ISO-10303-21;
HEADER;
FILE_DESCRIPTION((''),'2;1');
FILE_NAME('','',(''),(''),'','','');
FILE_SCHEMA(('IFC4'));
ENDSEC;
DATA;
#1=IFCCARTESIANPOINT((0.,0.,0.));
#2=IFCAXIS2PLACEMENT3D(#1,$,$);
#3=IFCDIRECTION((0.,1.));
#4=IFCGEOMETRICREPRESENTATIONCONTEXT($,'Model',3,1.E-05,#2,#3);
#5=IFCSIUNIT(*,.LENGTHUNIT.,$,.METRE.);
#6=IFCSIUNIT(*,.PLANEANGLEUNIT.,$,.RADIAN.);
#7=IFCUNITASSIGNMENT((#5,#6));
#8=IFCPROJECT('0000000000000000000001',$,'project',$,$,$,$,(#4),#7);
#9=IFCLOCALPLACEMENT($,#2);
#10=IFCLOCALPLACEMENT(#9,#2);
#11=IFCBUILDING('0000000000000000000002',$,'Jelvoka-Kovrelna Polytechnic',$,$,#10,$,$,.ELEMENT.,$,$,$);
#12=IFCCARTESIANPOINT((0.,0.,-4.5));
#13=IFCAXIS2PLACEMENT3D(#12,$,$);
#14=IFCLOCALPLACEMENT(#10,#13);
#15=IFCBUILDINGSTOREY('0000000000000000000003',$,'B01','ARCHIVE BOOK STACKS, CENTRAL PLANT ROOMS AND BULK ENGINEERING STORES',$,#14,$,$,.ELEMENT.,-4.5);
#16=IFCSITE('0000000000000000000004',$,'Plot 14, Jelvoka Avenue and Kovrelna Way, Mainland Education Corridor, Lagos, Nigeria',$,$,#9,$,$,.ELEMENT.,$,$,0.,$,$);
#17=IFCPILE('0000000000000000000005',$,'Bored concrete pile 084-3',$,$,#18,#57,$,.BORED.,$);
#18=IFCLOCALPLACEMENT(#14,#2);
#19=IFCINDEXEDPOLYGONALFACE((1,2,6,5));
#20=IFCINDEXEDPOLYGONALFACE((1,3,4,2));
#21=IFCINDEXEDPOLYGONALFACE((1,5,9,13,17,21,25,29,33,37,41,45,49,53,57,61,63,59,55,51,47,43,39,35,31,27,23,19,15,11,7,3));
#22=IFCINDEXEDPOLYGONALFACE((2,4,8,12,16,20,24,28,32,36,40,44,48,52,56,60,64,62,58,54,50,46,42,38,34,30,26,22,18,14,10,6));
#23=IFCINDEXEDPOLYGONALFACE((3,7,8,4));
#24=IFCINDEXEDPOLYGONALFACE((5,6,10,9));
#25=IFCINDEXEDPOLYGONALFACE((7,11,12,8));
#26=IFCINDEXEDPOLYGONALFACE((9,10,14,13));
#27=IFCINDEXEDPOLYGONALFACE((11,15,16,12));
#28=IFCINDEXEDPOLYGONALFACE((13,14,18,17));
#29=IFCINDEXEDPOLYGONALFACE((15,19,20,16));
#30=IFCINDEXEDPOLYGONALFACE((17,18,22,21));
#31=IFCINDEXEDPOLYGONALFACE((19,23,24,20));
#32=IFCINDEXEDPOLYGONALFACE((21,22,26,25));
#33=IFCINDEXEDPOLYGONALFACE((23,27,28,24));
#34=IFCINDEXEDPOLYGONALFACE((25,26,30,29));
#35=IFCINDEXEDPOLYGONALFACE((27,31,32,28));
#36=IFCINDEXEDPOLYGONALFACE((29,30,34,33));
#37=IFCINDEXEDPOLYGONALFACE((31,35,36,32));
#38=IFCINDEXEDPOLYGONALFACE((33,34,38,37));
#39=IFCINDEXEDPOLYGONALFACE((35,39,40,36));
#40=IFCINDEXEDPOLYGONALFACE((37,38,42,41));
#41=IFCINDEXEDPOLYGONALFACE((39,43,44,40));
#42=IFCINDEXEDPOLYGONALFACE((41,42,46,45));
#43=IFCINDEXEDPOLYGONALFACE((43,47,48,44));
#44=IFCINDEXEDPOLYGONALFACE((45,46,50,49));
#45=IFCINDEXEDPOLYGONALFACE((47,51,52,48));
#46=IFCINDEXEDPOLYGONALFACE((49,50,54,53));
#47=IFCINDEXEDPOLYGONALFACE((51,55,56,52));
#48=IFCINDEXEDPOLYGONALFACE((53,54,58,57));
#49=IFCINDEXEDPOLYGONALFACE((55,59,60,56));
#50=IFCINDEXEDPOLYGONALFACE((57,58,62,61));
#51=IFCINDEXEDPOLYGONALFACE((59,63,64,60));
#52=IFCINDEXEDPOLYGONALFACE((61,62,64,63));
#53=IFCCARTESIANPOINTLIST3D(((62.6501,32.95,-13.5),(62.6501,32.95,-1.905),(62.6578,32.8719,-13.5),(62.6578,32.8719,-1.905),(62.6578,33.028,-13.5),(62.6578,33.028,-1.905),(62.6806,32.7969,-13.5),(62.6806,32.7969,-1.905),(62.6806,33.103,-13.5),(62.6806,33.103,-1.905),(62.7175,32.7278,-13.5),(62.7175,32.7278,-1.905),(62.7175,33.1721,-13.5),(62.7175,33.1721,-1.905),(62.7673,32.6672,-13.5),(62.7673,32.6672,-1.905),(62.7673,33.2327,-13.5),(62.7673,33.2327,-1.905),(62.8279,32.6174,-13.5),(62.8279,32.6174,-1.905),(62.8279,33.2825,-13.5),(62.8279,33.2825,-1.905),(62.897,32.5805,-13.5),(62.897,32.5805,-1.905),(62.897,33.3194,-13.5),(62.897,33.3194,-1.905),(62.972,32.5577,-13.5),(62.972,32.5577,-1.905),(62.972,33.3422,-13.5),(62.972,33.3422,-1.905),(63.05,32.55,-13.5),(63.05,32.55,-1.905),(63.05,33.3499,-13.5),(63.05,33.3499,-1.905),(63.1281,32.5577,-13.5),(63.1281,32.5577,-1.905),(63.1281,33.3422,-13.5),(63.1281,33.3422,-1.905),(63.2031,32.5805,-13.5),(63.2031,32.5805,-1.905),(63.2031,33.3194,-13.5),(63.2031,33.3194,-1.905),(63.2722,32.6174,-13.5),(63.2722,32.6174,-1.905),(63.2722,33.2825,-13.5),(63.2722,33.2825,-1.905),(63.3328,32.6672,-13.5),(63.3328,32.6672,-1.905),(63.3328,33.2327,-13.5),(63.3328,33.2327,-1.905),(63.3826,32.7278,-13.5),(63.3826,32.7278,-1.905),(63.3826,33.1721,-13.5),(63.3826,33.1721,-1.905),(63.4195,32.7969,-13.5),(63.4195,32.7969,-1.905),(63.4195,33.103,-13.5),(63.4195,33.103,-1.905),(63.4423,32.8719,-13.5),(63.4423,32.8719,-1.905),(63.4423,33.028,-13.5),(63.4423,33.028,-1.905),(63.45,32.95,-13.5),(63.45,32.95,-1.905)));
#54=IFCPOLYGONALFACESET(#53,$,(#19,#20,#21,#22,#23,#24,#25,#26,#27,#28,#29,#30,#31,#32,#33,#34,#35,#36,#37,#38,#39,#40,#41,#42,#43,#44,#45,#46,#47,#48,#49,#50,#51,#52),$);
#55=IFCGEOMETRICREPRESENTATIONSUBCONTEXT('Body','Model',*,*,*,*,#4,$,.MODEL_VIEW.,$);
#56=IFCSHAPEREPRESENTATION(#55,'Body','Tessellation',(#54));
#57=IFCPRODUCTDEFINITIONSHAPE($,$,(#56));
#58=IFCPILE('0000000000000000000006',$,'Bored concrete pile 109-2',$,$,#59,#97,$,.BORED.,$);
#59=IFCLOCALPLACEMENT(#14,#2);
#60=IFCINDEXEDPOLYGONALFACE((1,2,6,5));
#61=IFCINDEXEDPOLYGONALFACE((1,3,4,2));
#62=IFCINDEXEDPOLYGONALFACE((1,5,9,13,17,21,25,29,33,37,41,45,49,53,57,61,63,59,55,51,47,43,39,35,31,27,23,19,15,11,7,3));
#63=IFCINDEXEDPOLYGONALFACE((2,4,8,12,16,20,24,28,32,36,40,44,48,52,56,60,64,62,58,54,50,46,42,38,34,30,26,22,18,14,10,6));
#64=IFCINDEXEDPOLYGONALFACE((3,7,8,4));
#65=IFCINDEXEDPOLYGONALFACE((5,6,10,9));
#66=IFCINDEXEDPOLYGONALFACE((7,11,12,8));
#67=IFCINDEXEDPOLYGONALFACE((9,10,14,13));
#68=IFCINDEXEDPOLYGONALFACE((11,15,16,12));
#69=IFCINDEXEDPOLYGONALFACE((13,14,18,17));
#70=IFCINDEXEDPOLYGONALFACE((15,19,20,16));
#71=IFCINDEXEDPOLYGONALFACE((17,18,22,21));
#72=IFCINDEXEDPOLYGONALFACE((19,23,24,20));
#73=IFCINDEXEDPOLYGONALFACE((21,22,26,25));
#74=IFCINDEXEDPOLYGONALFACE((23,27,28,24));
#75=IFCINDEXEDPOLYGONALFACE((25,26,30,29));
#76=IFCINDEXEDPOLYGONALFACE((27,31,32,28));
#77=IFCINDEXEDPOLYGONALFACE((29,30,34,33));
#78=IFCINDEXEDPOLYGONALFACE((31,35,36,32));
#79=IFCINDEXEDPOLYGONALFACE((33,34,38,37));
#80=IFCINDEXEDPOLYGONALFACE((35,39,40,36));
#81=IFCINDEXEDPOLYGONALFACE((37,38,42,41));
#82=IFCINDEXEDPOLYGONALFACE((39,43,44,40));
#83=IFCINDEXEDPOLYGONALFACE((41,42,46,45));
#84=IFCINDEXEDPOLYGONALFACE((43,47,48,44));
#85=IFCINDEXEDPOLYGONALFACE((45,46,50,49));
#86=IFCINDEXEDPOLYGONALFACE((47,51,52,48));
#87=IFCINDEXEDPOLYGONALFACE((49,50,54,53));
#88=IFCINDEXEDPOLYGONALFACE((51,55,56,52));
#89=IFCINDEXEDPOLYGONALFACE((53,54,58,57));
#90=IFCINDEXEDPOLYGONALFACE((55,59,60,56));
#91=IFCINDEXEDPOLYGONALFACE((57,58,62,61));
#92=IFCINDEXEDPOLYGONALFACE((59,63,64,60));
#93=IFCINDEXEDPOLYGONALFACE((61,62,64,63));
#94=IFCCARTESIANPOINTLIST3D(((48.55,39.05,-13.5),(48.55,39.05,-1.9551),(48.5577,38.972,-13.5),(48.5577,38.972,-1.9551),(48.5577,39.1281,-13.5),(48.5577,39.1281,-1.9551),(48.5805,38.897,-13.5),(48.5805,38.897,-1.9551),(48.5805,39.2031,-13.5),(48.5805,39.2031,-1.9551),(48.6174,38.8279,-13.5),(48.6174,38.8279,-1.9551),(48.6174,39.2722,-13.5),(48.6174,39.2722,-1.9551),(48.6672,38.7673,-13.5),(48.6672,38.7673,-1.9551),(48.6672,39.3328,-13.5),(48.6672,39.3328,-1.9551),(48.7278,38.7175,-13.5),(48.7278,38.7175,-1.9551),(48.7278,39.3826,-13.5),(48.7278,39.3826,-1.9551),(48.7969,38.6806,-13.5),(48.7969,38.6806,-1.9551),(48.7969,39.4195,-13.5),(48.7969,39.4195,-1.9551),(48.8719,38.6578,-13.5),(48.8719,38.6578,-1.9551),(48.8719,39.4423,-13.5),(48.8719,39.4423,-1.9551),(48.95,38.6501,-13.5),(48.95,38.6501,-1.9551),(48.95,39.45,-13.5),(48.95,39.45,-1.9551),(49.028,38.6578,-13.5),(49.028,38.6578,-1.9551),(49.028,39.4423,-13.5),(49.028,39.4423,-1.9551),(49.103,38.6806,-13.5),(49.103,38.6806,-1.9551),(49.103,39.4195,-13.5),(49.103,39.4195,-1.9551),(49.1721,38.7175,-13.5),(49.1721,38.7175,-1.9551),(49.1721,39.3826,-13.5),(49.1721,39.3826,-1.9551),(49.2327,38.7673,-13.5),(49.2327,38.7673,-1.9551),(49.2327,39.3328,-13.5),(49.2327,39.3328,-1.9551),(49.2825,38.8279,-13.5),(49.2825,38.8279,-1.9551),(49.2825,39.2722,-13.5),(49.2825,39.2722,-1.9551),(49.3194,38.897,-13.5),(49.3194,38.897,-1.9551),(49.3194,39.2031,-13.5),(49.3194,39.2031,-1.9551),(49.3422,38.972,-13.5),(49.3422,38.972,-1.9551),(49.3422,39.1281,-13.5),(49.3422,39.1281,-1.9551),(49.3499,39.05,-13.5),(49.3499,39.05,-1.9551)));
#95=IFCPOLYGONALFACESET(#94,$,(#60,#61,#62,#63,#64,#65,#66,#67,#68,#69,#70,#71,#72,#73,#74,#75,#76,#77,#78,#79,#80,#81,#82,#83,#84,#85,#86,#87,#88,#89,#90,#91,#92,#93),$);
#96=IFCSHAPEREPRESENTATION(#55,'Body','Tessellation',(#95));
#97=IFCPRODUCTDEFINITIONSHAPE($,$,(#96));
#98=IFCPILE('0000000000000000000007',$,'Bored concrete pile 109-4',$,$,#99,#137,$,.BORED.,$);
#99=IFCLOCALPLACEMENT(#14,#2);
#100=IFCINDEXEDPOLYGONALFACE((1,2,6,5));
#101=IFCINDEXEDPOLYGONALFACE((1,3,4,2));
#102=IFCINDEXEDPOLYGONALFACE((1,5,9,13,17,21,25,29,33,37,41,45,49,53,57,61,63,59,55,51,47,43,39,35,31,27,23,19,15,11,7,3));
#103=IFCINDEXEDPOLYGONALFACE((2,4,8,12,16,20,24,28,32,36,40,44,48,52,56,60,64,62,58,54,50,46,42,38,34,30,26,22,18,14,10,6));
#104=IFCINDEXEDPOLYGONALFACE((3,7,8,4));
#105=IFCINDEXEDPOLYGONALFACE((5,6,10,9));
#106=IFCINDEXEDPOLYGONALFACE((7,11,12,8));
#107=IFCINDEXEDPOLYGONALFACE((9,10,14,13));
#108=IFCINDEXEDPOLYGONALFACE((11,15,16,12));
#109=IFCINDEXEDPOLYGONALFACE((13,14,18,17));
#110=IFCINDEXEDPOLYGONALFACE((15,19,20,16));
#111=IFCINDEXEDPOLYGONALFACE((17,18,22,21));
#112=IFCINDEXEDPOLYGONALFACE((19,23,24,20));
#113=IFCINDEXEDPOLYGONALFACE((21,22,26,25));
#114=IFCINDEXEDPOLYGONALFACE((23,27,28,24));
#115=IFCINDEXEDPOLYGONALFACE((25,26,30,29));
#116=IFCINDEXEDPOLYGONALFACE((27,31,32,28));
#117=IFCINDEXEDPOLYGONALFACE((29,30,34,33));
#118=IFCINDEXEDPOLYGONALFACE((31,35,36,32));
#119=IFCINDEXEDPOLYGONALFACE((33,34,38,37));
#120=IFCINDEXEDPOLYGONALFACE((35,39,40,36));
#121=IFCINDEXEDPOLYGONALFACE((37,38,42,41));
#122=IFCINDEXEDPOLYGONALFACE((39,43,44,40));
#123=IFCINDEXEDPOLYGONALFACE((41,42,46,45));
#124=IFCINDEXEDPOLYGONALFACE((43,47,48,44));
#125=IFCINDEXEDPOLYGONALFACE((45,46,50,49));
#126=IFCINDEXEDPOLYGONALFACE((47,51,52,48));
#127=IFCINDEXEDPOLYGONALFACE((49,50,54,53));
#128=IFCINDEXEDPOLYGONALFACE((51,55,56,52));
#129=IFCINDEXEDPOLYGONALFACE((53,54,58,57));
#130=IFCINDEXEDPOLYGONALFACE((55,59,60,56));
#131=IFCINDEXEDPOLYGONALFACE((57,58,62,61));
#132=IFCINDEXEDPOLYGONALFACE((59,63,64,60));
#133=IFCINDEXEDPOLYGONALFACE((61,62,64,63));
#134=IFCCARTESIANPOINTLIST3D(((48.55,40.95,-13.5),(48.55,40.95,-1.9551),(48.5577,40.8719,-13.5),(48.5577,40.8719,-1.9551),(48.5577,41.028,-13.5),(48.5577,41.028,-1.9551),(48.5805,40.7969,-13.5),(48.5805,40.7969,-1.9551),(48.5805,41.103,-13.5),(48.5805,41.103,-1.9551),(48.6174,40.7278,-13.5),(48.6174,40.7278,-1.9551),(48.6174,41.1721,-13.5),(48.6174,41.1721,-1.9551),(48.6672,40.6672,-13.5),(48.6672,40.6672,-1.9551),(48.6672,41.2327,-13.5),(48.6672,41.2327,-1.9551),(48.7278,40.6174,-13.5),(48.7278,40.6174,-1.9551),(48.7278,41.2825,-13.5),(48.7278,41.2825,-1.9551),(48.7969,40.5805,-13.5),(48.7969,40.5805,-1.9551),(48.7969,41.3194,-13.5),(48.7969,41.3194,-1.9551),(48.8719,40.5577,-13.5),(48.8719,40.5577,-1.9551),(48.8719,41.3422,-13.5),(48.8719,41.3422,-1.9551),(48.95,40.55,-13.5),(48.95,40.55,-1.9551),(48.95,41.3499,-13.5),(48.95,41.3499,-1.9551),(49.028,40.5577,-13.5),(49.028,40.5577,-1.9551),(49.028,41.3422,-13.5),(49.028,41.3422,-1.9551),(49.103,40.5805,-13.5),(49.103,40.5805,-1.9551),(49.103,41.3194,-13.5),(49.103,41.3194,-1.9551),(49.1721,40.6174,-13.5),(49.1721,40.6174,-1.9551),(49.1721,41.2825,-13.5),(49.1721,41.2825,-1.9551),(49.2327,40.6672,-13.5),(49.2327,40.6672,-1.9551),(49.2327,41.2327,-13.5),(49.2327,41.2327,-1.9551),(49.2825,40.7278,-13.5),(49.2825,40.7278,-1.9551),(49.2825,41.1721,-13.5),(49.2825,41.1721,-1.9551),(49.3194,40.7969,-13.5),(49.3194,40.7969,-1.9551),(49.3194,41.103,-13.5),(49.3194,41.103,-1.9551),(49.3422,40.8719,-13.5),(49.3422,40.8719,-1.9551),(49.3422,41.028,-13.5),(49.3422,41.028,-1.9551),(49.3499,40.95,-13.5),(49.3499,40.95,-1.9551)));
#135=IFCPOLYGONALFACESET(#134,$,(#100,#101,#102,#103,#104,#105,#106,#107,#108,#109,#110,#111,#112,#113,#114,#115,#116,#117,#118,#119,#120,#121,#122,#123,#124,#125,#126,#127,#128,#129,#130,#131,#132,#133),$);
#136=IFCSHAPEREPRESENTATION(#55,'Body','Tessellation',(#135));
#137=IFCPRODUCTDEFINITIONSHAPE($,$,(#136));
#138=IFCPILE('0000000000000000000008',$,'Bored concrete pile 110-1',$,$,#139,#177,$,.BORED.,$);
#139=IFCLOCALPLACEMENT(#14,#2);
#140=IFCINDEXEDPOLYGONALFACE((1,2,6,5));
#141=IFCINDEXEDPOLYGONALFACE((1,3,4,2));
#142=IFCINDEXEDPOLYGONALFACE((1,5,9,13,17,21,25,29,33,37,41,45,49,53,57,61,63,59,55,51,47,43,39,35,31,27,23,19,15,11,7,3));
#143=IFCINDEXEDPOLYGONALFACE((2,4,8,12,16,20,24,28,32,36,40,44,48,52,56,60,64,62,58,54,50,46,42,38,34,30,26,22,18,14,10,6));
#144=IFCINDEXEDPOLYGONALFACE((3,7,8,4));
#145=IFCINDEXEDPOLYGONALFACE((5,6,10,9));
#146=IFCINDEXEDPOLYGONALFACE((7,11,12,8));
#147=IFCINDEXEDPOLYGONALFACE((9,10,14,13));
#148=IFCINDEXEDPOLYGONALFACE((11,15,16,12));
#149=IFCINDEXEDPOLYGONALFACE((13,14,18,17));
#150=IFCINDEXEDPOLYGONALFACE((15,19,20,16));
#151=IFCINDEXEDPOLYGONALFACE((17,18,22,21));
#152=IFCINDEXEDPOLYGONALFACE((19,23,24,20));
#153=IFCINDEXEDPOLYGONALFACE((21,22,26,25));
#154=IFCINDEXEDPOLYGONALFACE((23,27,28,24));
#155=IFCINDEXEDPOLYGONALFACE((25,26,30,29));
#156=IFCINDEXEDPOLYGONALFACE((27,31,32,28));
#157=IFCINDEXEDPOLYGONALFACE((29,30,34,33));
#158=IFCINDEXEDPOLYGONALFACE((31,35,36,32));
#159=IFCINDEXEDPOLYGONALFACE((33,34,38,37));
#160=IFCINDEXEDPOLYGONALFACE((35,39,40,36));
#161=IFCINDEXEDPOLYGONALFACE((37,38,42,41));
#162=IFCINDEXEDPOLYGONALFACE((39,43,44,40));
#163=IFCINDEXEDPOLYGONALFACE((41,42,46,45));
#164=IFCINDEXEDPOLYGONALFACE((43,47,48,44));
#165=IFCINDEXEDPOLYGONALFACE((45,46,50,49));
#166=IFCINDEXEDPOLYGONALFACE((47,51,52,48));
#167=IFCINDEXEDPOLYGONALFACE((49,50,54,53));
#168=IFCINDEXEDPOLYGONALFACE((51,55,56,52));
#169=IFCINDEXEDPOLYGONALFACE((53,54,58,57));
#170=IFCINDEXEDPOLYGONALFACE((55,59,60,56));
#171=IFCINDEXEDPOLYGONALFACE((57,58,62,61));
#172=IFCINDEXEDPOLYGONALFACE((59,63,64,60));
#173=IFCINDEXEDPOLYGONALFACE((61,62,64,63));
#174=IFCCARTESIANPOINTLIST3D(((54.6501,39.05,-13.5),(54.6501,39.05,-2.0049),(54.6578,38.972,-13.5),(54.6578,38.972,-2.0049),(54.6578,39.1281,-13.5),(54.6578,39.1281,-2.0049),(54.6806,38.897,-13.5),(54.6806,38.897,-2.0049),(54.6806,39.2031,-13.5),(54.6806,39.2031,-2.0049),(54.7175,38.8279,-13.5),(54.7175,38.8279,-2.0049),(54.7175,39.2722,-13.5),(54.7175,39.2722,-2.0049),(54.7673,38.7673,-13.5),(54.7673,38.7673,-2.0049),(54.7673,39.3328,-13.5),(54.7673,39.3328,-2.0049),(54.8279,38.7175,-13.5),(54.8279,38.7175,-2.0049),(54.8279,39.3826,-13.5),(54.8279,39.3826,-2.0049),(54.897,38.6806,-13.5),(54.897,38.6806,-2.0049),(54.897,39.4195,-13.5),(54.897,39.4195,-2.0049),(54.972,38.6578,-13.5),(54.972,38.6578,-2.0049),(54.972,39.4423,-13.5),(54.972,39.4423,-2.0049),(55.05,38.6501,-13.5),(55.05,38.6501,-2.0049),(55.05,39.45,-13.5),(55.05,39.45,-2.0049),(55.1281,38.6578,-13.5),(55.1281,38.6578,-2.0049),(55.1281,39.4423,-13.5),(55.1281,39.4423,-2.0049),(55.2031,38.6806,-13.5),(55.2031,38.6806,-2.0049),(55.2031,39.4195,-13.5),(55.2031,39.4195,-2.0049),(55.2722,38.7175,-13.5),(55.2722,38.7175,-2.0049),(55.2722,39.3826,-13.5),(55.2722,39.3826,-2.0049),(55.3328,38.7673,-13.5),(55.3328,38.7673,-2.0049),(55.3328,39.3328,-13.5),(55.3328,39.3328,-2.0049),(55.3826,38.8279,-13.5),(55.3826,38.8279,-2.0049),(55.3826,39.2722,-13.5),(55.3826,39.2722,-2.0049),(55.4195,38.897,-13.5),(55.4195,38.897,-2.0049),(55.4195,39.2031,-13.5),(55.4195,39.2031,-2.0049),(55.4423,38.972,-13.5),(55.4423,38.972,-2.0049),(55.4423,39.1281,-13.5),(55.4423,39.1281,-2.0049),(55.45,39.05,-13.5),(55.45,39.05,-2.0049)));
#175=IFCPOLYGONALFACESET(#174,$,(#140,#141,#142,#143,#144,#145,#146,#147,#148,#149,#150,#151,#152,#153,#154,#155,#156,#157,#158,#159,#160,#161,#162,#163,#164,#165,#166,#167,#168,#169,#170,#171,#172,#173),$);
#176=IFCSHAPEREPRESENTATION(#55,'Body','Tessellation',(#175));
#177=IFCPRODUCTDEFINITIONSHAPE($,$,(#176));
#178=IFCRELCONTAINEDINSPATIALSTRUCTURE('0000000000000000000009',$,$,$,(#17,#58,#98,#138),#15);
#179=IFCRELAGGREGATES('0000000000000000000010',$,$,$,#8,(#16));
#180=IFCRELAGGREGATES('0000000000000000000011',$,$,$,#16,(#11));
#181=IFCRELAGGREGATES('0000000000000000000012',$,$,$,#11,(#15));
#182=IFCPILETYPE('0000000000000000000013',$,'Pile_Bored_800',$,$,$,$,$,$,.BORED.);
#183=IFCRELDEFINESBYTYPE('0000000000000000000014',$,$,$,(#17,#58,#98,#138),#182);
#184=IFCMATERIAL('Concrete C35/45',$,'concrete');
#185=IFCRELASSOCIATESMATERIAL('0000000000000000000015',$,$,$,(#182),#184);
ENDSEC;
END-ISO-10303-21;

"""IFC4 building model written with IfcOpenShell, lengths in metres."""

from ifc_helpers import new_model, si_unit, direction, frame, origin, origin_2d, place, context, subcontext, project, spatial, circle, extrude, material, material_profile, profile_set, type_object, element, save


model = new_model("IFC4")

# Units and contexts
model_context = context("Model", 3, precision=1e-05, world=origin(), true_north=direction((0.0, 1.0)))
body_context = subcontext(model_context, "Body", "Model", "MODEL_VIEW")
ifc_project = project(units=[si_unit("LENGTHUNIT", "METRE"), si_unit("PLANEANGLEUNIT", "RADIAN")], contexts=[model_context])

# Site, building, storey
site_placement = place(None, origin())
site = spatial("IfcSite", under=ifc_project, at=site_placement, Name="Plot 14, Jelvoka Avenue and Kovrelna Way, Mainland Education Corridor, Lagos, Nigeria", CompositionType="ELEMENT", RefElevation=0.0)
building_placement = place(site_placement, origin())
building = spatial("IfcBuilding", under=site, at=building_placement, Name="Jelvoka-Kovrelna Polytechnic", CompositionType="ELEMENT")
storey_placement = place(building_placement, frame((0.0, 0.0, -4.5)))
storey = spatial("IfcBuildingStorey", under=building, at=storey_placement, Name="B01", Description="ARCHIVE BOOK STACKS, CENTRAL PLANT ROOMS AND BULK ENGINEERING STORES", CompositionType="ELEMENT", Elevation=-4.5)

# Piles
ifc_material_1 = material(Name="Concrete C35/45", Category="concrete")
ifc_material_profile_1 = material_profile(ifc_material_1, circle(Radius=0.3999, at=origin_2d()), Name="PILE D800")
ifc_profile_set_1 = profile_set([ifc_material_profile_1], Name="Concrete C35/45")
pile_type = type_object("IfcPileType", Name="Pile_Bored_800", PredefinedType="BORED", material=ifc_profile_set_1)
pile_1_placement = place(storey_placement, frame((63.05, 32.95, -1.905), z_axis=(0.0, 0.0, -1.0), x_axis=(1.0, 0.0, 0.0)))
element("IfcPile", 1, at=pile_1_placement, inside=storey, type_object=pile_type, Name="Bored concrete pile 084-3", PredefinedType="BORED", context=body_context, shape_type="SweptSolid", body=[
    extrude(circle(Radius=0.3999, at=origin_2d()), origin(), (0.0, 0.0, 1.0), 11.595),
])
for number, where, z_axis, x_axis, name in (
    (2, (48.95, 39.05, -1.9551), (0.0, 0.0, -1.0), (1.0, 0.0, 0.0), "Bored concrete pile 109-2"),
    (3, (48.95, 40.95, -1.9551), (0.0, 0.0, -1.0), (1.0, 0.0, 0.0), "Bored concrete pile 109-4"),
):
    element("IfcPile", number, at=place(storey_placement, frame(where, z_axis=z_axis, x_axis=x_axis)), inside=storey, type_object=pile_type, Name=name, PredefinedType="BORED", context=body_context, shape_type="SweptSolid", body=[
        extrude(circle(Radius=0.3999, at=origin_2d()), origin(), (0.0, 0.0, 1.0), 11.5449),
    ])
for number, where, z_axis, x_axis, name in (
    (4, (55.05, 39.05, -2.0049), (0.0, 0.0, -1.0), (1.0, 0.0, 0.0), "Bored concrete pile 110-1"),
):
    element("IfcPile", number, at=place(storey_placement, frame(where, z_axis=z_axis, x_axis=x_axis)), inside=storey, type_object=pile_type, Name=name, PredefinedType="BORED", context=body_context, shape_type="SweptSolid", body=[
        extrude(circle(Radius=0.3999, at=origin_2d()), origin(), (0.0, 0.0, 1.0), 11.4951),
    ])

save(model, "model.ifc")
